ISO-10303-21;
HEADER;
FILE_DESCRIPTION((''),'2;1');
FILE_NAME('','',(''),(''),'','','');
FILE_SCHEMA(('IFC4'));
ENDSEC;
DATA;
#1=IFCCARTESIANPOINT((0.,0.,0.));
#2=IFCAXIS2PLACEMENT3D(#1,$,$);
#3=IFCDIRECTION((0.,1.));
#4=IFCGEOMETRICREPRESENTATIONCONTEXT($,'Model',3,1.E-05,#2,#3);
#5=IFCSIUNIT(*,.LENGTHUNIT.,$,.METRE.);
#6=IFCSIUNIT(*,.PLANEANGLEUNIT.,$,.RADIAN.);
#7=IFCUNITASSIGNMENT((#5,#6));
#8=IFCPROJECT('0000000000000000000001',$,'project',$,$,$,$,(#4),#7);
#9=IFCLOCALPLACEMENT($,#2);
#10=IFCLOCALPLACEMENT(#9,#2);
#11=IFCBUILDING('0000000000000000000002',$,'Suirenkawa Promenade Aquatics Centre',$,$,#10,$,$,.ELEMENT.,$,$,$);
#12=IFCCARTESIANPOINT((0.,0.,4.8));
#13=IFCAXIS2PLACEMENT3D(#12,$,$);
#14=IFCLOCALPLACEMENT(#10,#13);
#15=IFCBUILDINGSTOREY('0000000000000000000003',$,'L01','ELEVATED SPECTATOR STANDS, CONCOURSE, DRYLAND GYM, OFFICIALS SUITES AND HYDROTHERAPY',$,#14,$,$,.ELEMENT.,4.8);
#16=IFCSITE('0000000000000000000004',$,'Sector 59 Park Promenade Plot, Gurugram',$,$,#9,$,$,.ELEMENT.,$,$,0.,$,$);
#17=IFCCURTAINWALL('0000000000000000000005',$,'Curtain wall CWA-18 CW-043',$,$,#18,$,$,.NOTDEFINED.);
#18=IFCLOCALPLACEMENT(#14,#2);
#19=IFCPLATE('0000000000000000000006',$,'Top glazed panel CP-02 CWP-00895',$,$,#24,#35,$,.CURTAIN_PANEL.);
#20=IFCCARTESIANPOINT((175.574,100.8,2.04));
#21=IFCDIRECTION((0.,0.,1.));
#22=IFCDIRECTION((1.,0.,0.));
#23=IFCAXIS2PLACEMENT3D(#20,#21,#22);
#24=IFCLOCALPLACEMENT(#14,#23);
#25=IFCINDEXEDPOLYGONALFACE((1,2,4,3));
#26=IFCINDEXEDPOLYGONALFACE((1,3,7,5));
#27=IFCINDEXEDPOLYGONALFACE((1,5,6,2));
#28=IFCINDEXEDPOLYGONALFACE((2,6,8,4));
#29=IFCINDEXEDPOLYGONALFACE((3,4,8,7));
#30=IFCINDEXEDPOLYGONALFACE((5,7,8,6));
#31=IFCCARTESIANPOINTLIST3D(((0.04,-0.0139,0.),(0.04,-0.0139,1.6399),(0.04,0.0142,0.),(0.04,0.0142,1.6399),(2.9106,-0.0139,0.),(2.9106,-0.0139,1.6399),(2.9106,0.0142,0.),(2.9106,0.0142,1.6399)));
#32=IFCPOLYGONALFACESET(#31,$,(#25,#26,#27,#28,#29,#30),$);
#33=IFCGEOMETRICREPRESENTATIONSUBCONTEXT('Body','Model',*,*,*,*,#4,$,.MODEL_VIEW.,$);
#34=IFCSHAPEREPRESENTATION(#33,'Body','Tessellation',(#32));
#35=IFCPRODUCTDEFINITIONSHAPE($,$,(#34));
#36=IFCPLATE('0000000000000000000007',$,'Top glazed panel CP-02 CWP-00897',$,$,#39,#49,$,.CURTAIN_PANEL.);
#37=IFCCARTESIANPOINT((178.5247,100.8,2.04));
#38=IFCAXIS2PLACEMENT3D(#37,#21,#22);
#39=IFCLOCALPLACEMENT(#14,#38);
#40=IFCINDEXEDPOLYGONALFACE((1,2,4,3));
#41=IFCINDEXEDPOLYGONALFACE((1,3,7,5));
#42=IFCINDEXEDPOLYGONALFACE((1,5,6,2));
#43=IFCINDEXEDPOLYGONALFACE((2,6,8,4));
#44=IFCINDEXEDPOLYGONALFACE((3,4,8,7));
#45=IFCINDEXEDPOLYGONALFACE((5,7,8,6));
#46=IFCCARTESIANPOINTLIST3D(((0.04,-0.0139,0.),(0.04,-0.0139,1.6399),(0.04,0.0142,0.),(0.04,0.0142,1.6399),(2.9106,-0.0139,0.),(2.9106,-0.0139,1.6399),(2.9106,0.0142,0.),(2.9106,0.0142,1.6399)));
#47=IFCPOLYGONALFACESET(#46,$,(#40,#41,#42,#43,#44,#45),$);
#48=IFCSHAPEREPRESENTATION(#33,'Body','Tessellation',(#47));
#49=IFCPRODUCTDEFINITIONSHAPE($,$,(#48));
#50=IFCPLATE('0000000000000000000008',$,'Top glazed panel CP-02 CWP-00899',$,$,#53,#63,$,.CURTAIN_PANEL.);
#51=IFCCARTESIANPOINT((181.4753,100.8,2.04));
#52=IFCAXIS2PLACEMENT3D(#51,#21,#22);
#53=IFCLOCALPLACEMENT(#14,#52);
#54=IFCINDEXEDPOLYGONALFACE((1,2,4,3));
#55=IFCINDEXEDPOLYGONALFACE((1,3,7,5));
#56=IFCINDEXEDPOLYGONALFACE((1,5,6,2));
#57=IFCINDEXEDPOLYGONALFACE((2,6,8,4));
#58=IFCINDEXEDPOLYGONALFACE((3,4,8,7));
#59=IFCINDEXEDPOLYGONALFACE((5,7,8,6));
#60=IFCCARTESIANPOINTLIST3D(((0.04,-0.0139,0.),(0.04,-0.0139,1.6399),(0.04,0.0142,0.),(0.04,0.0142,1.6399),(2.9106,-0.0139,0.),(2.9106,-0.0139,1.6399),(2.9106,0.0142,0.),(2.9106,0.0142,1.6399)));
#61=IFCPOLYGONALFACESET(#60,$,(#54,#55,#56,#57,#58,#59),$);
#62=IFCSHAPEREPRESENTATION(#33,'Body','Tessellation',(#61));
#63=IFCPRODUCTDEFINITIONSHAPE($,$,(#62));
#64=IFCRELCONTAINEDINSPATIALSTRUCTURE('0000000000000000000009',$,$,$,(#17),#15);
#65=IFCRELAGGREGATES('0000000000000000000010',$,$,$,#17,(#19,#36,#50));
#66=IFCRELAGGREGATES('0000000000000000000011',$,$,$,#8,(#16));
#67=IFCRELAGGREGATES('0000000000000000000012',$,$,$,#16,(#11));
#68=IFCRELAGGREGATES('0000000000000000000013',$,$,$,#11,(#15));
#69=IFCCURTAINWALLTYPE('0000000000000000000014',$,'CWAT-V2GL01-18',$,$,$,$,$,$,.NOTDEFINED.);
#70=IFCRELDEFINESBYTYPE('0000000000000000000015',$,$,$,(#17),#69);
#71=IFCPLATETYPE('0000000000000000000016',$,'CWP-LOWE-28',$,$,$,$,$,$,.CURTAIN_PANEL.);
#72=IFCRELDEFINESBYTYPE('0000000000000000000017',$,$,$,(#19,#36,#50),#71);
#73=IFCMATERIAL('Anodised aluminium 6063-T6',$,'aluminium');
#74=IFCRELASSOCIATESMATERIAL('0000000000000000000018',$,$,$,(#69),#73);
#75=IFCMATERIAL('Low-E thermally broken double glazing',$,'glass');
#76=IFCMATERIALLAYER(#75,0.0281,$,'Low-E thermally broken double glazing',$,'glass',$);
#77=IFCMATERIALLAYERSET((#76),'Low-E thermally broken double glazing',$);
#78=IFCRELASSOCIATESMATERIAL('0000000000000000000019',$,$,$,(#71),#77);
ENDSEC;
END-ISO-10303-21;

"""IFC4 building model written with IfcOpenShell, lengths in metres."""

from ifc_helpers import new_model, si_unit, direction, frame, origin, place, context, subcontext, project, spatial, polyline, outline, extrude, material, layer, layer_set, type_object, element, aggregate, save


model = new_model("IFC4")

# Units and contexts
model_context = context("Model", 3, precision=1e-05, world=origin(), true_north=direction((0.0, 1.0)))
body_context = subcontext(model_context, "Body", "Model", "MODEL_VIEW")
ifc_project = project(units=[si_unit("LENGTHUNIT", "METRE"), si_unit("PLANEANGLEUNIT", "RADIAN")], contexts=[model_context])

# Site, building, storey
site_placement = place(None, origin())
site = spatial("IfcSite", under=ifc_project, at=site_placement, Name="Sector 59 Park Promenade Plot, Gurugram", CompositionType="ELEMENT", RefElevation=0.0)
building_placement = place(site_placement, origin())
building = spatial("IfcBuilding", under=site, at=building_placement, Name="Suirenkawa Promenade Aquatics Centre", CompositionType="ELEMENT")
storey_placement = place(building_placement, frame((0.0, 0.0, 4.8)))
storey = spatial("IfcBuildingStorey", under=building, at=storey_placement, Name="L01", Description="ELEVATED SPECTATOR STANDS, CONCOURSE, DRYLAND GYM, OFFICIALS SUITES AND HYDROTHERAPY", CompositionType="ELEMENT", Elevation=4.8)

# Curtain wall, plates
ifc_material_1 = material(Name="Anodised aluminium 6063-T6", Category="aluminium")
curtain_wall_type = type_object("IfcCurtainWallType", Name="CWAT-V2GL01-18", PredefinedType="NOTDEFINED", material=ifc_material_1)
curtain_wall_placement = place(storey_placement, origin())
curtain_wall = element("IfcCurtainWall", 1, at=curtain_wall_placement, inside=storey, type_object=curtain_wall_type, Name="Curtain wall CWA-18 CW-043", PredefinedType="NOTDEFINED")
ifc_material_2 = material(Name="Low-E thermally broken double glazing", Category="glass")
ifc_layer_1 = layer(ifc_material_2, 0.0281, Name="Low-E thermally broken double glazing", Category="glass")
ifc_layer_set_1 = layer_set([ifc_layer_1], Name="Low-E thermally broken double glazing")
plate_type = type_object("IfcPlateType", Name="CWP-LOWE-28", PredefinedType="CURTAIN_PANEL", material=ifc_layer_set_1)
plate_1_placement = place(storey_placement, frame((175.574, 100.8, 2.04), z_axis=(0.0, 0.0, 1.0), x_axis=(1.0, 0.0, 0.0)))
plate_1 = element("IfcPlate", 2, at=plate_1_placement, type_object=plate_type, Name="Top glazed panel CP-02 CWP-00895", PredefinedType="CURTAIN_PANEL", context=body_context, shape_type="SweptSolid", body=[
    extrude(outline(polyline([(0.04, 0.0), (2.9106, 0.0), (2.9106, 1.6399), (0.04, 1.6399), (0.04, 0.0)])), frame((0.0, 0.0142, 0.0), z_axis=(0.0, -1.0, 0.0), x_axis=(1.0, 0.0, 0.0)), (0.0, 0.0, 1.0), 0.0281),
])
plate_2_placement = place(storey_placement, frame((178.5247, 100.8, 2.04), z_axis=(0.0, 0.0, 1.0), x_axis=(1.0, 0.0, 0.0)))
plate_2 = element("IfcPlate", 3, at=plate_2_placement, type_object=plate_type, Name="Top glazed panel CP-02 CWP-00897", PredefinedType="CURTAIN_PANEL", context=body_context, shape_type="SweptSolid", body=[
    extrude(outline(polyline([(0.04, 0.0), (2.9106, 0.0), (2.9106, 1.6399), (0.04, 1.6399), (0.04, 0.0)])), frame((0.0, 0.0142, 0.0), z_axis=(0.0, -1.0, 0.0), x_axis=(1.0, 0.0, 0.0)), (0.0, 0.0, 1.0), 0.0281),
])
plate_3_placement = place(storey_placement, frame((181.4753, 100.8, 2.04), z_axis=(0.0, 0.0, 1.0), x_axis=(1.0, 0.0, 0.0)))
plate_3 = element("IfcPlate", 4, at=plate_3_placement, type_object=plate_type, Name="Top glazed panel CP-02 CWP-00899", PredefinedType="CURTAIN_PANEL", context=body_context, shape_type="SweptSolid", body=[
    extrude(outline(polyline([(0.04, 0.0), (2.9106, 0.0), (2.9106, 1.6399), (0.04, 1.6399), (0.04, 0.0)])), frame((0.0, 0.0142, 0.0), z_axis=(0.0, -1.0, 0.0), x_axis=(1.0, 0.0, 0.0)), (0.0, 0.0, 1.0), 0.0281),
])
aggregate(curtain_wall, [plate_1, plate_2, plate_3])

save(model, "model.ifc")
